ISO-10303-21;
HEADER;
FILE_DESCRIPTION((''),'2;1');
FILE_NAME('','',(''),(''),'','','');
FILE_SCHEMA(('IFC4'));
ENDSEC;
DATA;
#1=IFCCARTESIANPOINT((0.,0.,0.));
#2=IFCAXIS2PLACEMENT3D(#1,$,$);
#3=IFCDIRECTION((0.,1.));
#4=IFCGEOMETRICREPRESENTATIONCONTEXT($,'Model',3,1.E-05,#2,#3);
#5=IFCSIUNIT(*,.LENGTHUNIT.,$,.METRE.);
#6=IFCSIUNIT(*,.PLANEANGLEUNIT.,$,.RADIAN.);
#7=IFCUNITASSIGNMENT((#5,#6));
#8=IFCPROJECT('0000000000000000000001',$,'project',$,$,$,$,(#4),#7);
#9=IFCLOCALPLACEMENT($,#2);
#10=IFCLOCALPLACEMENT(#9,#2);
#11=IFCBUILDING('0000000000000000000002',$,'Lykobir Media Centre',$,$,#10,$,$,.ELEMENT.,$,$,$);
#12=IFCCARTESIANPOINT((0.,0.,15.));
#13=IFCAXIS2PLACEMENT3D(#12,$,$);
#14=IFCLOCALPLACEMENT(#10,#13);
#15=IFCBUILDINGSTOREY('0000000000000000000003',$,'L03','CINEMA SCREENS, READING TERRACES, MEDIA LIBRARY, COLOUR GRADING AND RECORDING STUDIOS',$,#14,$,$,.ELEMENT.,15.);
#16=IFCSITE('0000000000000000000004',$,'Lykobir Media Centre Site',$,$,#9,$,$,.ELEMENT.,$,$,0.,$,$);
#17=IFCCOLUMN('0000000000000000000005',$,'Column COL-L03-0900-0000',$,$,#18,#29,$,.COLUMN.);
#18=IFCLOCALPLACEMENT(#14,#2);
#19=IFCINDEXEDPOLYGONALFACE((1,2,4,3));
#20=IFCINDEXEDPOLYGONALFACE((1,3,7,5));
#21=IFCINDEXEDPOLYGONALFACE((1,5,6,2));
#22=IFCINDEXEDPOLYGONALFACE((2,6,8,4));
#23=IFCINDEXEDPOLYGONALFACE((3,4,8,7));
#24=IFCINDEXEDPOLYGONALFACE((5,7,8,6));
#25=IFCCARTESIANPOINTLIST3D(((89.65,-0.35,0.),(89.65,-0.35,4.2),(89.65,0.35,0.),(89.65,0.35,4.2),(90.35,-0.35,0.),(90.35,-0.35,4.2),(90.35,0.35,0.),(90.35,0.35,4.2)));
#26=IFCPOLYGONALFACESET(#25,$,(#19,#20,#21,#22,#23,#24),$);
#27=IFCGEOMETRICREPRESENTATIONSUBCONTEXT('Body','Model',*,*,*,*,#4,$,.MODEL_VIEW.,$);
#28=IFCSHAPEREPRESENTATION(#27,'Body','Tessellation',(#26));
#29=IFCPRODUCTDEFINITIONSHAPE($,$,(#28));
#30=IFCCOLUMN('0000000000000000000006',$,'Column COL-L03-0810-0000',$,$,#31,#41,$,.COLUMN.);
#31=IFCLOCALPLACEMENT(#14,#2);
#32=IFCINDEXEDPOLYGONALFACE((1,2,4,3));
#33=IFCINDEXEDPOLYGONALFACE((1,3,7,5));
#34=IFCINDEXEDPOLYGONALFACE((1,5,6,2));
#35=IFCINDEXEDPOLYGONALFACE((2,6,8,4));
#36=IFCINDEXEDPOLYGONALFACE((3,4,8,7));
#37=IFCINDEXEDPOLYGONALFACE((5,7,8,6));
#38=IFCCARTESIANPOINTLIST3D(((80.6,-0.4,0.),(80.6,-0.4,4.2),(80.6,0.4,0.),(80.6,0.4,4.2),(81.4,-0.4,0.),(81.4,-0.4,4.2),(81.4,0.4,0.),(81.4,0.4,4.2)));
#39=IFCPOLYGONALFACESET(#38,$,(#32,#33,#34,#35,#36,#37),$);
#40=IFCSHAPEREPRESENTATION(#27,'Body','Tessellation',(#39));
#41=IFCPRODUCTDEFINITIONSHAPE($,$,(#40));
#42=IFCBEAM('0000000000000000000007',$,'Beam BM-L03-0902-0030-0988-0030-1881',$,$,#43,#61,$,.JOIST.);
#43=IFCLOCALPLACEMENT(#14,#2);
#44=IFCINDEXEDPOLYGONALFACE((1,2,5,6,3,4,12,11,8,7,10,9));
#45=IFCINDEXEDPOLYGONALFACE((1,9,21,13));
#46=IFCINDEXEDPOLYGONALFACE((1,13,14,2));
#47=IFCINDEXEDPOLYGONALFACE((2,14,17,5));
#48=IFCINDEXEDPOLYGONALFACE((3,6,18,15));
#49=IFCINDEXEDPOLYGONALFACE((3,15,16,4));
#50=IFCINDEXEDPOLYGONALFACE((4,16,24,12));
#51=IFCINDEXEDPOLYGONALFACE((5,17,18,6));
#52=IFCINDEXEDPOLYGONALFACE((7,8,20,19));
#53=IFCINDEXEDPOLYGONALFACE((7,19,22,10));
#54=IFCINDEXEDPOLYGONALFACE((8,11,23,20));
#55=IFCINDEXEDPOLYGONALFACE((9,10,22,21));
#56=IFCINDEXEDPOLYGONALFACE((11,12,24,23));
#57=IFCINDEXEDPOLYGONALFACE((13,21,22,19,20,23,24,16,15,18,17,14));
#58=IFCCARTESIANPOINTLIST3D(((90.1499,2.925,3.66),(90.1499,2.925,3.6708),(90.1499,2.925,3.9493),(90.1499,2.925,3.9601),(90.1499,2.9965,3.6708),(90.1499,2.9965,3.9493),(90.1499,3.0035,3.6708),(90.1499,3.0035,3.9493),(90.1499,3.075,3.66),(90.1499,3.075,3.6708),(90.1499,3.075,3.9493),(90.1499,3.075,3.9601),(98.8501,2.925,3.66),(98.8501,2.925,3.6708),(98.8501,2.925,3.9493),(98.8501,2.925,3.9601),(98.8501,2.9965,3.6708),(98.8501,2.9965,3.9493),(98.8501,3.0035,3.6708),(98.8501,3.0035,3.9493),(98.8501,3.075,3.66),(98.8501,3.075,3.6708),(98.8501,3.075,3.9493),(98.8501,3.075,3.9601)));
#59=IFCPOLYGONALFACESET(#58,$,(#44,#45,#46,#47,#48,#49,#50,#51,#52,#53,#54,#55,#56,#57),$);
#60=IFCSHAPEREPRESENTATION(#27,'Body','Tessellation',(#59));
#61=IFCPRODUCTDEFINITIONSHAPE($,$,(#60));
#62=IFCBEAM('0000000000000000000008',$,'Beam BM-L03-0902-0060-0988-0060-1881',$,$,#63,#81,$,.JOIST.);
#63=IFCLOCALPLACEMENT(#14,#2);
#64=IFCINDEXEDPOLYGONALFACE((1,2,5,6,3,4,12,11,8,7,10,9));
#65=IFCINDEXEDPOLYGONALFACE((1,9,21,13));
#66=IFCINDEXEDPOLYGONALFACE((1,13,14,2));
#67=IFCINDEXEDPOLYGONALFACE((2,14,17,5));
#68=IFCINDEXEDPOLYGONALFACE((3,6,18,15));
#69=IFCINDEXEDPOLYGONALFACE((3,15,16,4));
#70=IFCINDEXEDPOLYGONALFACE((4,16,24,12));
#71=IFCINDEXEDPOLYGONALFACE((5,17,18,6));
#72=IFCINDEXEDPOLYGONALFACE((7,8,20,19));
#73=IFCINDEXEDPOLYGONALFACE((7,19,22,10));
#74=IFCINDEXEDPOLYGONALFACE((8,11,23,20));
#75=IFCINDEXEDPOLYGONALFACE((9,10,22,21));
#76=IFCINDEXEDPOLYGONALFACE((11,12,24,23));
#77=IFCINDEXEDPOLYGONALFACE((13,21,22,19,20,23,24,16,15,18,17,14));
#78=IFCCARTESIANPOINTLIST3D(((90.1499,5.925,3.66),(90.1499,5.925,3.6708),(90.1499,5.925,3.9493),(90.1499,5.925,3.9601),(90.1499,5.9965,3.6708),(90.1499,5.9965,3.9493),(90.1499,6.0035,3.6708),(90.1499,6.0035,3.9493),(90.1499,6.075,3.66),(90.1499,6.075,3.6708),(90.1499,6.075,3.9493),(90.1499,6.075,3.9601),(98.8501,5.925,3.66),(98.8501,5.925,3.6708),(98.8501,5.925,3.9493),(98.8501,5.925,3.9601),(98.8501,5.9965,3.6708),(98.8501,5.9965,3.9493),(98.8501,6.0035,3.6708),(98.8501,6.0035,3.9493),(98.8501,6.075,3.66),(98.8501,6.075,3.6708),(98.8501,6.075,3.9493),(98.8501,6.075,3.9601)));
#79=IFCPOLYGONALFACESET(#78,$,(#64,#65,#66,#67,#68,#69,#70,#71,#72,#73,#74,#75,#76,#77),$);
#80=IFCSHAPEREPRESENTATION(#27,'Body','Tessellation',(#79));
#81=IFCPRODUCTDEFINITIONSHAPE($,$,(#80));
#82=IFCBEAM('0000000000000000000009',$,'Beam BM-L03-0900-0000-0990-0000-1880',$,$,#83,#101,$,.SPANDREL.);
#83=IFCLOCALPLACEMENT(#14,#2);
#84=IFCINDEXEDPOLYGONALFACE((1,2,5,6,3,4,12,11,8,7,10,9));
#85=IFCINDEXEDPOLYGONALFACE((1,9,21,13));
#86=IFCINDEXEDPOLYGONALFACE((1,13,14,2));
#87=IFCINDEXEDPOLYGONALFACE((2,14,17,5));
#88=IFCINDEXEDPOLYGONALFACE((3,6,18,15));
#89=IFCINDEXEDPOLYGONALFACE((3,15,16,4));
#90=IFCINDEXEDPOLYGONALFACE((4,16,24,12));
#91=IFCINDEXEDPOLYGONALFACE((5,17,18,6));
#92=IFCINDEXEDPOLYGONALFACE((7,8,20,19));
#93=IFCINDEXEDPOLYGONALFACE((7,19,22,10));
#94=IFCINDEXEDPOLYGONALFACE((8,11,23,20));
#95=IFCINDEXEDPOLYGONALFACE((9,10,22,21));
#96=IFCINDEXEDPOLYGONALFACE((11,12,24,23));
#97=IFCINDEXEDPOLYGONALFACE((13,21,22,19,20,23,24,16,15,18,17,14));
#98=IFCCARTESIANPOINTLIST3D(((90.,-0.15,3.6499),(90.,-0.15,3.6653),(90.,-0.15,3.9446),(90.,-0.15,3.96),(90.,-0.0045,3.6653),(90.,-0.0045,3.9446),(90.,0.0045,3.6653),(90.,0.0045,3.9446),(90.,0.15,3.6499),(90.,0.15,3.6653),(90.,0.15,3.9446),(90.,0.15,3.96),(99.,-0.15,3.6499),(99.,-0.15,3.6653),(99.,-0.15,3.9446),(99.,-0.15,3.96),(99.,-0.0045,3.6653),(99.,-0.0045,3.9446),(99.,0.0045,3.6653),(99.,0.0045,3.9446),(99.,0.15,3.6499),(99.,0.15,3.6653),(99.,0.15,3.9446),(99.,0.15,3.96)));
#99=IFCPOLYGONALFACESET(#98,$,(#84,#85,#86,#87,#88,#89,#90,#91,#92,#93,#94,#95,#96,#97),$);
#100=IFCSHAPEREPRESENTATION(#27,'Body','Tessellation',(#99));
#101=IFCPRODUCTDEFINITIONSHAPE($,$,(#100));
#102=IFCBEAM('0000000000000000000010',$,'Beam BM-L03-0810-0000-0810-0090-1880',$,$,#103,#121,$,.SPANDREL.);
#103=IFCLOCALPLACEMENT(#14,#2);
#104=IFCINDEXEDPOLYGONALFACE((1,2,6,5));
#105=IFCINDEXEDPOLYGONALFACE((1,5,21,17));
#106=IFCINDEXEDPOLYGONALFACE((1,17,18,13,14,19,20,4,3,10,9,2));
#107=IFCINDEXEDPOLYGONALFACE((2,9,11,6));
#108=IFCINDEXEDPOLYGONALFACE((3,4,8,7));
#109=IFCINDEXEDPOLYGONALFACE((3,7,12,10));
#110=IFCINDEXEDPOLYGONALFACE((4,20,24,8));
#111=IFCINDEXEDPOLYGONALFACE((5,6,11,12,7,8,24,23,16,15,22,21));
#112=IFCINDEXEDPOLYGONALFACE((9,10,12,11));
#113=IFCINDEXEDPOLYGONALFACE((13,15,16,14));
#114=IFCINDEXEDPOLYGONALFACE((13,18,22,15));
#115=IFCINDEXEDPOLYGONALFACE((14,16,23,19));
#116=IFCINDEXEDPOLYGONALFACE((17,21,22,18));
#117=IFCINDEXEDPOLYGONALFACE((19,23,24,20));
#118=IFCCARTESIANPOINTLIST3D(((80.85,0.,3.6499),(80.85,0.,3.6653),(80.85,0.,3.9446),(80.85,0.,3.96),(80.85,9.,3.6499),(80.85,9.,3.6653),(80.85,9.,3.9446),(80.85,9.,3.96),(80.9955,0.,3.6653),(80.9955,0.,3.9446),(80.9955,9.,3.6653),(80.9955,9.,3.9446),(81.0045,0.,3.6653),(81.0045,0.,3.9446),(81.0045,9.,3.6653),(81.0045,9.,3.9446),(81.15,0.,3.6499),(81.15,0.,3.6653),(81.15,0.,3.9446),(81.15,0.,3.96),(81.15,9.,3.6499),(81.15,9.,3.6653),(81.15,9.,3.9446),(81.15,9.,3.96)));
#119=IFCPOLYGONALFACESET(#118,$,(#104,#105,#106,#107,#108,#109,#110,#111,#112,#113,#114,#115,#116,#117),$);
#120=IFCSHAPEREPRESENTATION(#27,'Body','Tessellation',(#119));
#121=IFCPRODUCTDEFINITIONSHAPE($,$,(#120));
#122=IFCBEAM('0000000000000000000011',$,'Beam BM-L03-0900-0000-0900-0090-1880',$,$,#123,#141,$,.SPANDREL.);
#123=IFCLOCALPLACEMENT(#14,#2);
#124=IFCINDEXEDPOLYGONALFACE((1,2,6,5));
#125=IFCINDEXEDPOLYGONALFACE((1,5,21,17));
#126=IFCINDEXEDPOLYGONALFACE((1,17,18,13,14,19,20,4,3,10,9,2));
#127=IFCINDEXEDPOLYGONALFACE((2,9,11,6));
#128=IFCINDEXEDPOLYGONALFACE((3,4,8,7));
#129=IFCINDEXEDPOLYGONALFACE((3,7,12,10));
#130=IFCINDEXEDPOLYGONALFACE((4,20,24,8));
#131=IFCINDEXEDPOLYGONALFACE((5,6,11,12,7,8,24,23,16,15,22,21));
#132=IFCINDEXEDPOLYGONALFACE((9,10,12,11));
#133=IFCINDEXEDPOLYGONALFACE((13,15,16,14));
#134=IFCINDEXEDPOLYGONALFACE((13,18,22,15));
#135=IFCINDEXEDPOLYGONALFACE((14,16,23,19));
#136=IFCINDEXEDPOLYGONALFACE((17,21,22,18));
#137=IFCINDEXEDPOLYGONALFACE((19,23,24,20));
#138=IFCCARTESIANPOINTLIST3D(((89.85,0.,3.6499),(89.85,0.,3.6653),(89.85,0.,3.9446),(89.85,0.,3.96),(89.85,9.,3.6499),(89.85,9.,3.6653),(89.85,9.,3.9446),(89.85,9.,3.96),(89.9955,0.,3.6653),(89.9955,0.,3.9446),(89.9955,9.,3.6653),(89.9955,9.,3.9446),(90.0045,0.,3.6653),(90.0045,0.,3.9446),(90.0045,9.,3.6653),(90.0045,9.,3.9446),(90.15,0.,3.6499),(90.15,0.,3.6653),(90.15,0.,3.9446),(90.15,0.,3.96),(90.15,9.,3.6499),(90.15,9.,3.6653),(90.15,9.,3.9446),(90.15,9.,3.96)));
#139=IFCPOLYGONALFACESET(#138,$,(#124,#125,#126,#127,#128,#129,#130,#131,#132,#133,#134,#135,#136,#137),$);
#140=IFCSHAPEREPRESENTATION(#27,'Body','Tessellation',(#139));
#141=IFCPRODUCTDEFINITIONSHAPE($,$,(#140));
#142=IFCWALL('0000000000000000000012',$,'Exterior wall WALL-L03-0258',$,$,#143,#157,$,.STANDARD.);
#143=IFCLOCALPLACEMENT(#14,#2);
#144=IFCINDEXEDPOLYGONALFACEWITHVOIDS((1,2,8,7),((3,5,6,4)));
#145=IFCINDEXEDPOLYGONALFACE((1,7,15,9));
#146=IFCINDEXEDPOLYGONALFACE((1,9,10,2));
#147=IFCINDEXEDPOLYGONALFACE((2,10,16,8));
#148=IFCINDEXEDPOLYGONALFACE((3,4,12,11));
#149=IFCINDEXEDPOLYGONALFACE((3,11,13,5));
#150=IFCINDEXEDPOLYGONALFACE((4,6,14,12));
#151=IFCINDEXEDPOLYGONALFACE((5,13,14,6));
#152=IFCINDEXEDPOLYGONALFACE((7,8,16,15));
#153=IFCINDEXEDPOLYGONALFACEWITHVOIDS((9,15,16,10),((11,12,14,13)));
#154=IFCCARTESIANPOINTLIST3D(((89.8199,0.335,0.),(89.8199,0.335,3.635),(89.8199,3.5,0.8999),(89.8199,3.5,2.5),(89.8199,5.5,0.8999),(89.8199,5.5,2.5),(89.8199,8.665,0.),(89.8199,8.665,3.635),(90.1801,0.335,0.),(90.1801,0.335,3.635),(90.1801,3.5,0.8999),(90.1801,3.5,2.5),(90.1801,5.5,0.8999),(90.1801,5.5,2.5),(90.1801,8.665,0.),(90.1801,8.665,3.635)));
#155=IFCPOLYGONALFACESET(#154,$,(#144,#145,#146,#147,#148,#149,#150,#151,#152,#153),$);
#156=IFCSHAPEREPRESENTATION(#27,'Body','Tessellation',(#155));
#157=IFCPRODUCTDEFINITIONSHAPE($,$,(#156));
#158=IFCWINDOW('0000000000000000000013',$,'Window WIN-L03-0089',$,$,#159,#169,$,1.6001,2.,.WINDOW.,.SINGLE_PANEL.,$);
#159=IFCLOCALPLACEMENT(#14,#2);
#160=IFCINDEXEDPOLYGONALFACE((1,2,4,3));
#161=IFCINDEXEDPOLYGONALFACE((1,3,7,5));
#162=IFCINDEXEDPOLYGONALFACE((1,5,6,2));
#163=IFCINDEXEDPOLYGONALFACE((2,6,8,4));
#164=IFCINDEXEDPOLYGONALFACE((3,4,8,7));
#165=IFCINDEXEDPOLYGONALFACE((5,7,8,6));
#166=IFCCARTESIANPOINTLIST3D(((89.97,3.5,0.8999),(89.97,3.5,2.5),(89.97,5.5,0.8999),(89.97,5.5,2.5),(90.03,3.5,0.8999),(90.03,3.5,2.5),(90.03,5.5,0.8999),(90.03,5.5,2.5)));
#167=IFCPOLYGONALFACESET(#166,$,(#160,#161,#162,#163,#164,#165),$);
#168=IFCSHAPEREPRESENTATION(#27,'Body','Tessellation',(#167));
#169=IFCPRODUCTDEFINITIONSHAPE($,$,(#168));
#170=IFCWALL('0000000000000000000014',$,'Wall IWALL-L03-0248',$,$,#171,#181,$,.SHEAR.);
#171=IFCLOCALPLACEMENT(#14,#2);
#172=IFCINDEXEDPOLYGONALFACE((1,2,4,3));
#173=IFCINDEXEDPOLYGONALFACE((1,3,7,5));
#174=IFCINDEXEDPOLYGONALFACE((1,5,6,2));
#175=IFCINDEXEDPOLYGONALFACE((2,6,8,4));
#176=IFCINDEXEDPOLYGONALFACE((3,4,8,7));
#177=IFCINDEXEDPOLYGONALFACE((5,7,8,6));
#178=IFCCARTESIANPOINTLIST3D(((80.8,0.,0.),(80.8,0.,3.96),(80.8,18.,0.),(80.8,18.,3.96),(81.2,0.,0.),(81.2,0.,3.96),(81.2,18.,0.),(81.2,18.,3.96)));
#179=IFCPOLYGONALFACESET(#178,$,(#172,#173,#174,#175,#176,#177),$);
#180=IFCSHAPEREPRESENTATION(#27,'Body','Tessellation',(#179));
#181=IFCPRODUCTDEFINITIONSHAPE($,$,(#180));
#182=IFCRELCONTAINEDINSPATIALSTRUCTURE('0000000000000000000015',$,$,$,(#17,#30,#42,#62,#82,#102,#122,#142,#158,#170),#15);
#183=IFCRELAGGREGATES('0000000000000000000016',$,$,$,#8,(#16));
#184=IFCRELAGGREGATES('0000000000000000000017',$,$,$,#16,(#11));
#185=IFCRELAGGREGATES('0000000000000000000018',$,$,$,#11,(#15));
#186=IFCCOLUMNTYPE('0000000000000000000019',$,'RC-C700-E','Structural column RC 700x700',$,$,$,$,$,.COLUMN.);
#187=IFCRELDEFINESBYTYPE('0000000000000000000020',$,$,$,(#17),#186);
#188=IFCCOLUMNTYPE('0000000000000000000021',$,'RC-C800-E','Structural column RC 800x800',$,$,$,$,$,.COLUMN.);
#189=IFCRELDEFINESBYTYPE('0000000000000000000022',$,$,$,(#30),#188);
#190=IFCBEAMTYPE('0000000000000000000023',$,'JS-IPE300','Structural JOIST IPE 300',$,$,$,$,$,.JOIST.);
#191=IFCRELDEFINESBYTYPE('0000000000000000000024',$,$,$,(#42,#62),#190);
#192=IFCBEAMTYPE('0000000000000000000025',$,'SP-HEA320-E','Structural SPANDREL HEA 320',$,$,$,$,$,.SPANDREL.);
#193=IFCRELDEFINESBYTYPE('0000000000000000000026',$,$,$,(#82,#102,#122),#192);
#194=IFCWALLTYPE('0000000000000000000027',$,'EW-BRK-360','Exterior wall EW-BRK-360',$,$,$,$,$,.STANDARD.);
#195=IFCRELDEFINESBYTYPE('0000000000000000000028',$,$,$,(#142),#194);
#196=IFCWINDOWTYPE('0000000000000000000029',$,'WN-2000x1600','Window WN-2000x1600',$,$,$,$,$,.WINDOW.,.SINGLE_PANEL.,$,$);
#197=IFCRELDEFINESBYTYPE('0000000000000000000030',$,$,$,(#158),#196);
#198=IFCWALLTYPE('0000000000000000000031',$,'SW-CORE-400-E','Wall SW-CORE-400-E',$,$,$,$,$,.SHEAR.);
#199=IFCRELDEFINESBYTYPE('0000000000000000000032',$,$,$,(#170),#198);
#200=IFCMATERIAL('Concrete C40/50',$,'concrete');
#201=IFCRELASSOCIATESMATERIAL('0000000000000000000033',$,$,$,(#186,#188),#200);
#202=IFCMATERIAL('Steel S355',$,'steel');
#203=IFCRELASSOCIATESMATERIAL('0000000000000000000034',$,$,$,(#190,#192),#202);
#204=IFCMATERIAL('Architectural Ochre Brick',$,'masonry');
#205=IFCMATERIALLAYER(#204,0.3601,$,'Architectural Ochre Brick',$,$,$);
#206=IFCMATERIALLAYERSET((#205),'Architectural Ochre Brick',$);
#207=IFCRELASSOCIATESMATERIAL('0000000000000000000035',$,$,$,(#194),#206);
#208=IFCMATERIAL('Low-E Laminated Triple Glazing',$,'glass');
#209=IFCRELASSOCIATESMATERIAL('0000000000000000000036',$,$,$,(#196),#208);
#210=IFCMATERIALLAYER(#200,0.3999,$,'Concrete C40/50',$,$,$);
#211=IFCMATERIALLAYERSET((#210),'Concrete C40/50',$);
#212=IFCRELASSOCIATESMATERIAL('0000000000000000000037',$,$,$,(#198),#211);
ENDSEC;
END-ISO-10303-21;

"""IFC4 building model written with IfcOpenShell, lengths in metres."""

from ifc_helpers import new_model, si_unit, direction, frame, frame_2d, origin, origin_2d, place, context, subcontext, project, spatial, rectangle, i_section, extrude, material, layer, layer_set, material_profile, profile_set, type_object, element, fill, save


model = new_model("IFC4")

# Units and contexts
model_context = context("Model", 3, precision=1e-05, world=origin(), true_north=direction((0.0, 1.0)))
body_context = subcontext(model_context, "Body", "Model", "MODEL_VIEW")
ifc_project = project(units=[si_unit("LENGTHUNIT", "METRE"), si_unit("PLANEANGLEUNIT", "RADIAN")], contexts=[model_context])

# Site, building, storey
site_placement = place(None, origin())
site = spatial("IfcSite", under=ifc_project, at=site_placement, Name="Lykobir Media Centre Site", CompositionType="ELEMENT", RefElevation=0.0)
building_placement = place(site_placement, origin())
building = spatial("IfcBuilding", under=site, at=building_placement, Name="Lykobir Media Centre", CompositionType="ELEMENT")
storey_placement = place(building_placement, frame((0.0, 0.0, 15.0)))
storey = spatial("IfcBuildingStorey", under=building, at=storey_placement, Name="L03", Description="CINEMA SCREENS, READING TERRACES, MEDIA LIBRARY, COLOUR GRADING AND RECORDING STUDIOS", CompositionType="ELEMENT", Elevation=15.0)

# Columns
ifc_material_1 = material(Name="Concrete C40/50", Category="concrete")
ifc_material_profile_1 = material_profile(ifc_material_1, rectangle(XDim=0.7, YDim=0.7, at=origin_2d()), Name="RC 700x700")
ifc_profile_set_1 = profile_set([ifc_material_profile_1], Name="Concrete C40/50")
column_type_1 = type_object("IfcColumnType", Name="RC-C700-E", Description="Structural column RC 700x700", PredefinedType="COLUMN", material=ifc_profile_set_1)
column_1_placement = place(storey_placement, frame((90.0, 0.0, 0.0), z_axis=(0.0, 0.0, 1.0), x_axis=(1.0, 0.0, 0.0)))
element("IfcColumn", 1, at=column_1_placement, inside=storey, type_object=column_type_1, Name="Column COL-L03-0900-0000", PredefinedType="COLUMN", context=body_context, shape_type="SweptSolid", body=[
    extrude(rectangle(XDim=0.7, YDim=0.7, at=origin_2d()), origin(), (0.0, 0.0, 1.0), 4.2),
])
ifc_material_profile_2 = material_profile(ifc_material_1, rectangle(XDim=0.8, YDim=0.8, at=origin_2d()), Name="RC 800x800")
ifc_profile_set_2 = profile_set([ifc_material_profile_2], Name="Concrete C40/50")
column_type_2 = type_object("IfcColumnType", Name="RC-C800-E", Description="Structural column RC 800x800", PredefinedType="COLUMN", material=ifc_profile_set_2)
column_2_placement = place(storey_placement, frame((81.0, 0.0, 0.0), z_axis=(0.0, 0.0, 1.0), x_axis=(1.0, 0.0, 0.0)))
element("IfcColumn", 2, at=column_2_placement, inside=storey, type_object=column_type_2, Name="Column COL-L03-0810-0000", PredefinedType="COLUMN", context=body_context, shape_type="SweptSolid", body=[
    extrude(rectangle(XDim=0.8, YDim=0.8, at=origin_2d()), origin(), (0.0, 0.0, 1.0), 4.2),
])

# Beams
ifc_material_2 = material(Name="Steel S355", Category="steel")
ifc_material_profile_3 = material_profile(ifc_material_2, i_section(OverallWidth=0.1499, OverallDepth=0.3, WebThickness=0.0071, FlangeThickness=0.0107, at=origin_2d()), Name="IPE 300")
ifc_profile_set_3 = profile_set([ifc_material_profile_3], Name="Steel S355")
beam_type_1 = type_object("IfcBeamType", Name="JS-IPE300", Description="Structural JOIST IPE 300", PredefinedType="JOIST", material=ifc_profile_set_3)
for number, where, z_axis, x_axis, name in (
    (3, (90.1499, 3.0, 3.8101), (1.0, 0.0, 0.0), (0.0, 1.0, 0.0), "Beam BM-L03-0902-0030-0988-0030-1881"),
    (4, (90.1499, 6.0, 3.8101), (1.0, 0.0, 0.0), (0.0, 1.0, 0.0), "Beam BM-L03-0902-0060-0988-0060-1881"),
):
    element("IfcBeam", number, at=place(storey_placement, frame(where, z_axis=z_axis, x_axis=x_axis)), inside=storey, type_object=beam_type_1, Name=name, PredefinedType="JOIST", context=body_context, shape_type="SweptSolid", body=[
        extrude(i_section(OverallWidth=0.1499, OverallDepth=0.3, WebThickness=0.0071, FlangeThickness=0.0107, at=origin_2d()), origin(), (0.0, 0.0, 1.0), 8.7002),
    ])
ifc_material_profile_4 = material_profile(ifc_material_2, i_section(OverallWidth=0.3, OverallDepth=0.3101, WebThickness=0.009, FlangeThickness=0.0154, at=origin_2d()), Name="HEA 320")
ifc_profile_set_4 = profile_set([ifc_material_profile_4], Name="Steel S355")
beam_type_2 = type_object("IfcBeamType", Name="SP-HEA320-E", Description="Structural SPANDREL HEA 320", PredefinedType="SPANDREL", material=ifc_profile_set_4)
for number, where, z_axis, x_axis, name in (
    (5, (90.0, 0.0, 3.8049), (1.0, 0.0, 0.0), (0.0, 1.0, 0.0), "Beam BM-L03-0900-0000-0990-0000-1880"),
    (6, (81.0, 0.0, 3.8049), (0.0, 1.0, 0.0), (-1.0, 0.0, 0.0), "Beam BM-L03-0810-0000-0810-0090-1880"),
    (7, (90.0, 0.0, 3.8049), (0.0, 1.0, 0.0), (-1.0, 0.0, 0.0), "Beam BM-L03-0900-0000-0900-0090-1880"),
):
    element("IfcBeam", number, at=place(storey_placement, frame(where, z_axis=z_axis, x_axis=x_axis)), inside=storey, type_object=beam_type_2, Name=name, PredefinedType="SPANDREL", context=body_context, shape_type="SweptSolid", body=[
        extrude(i_section(OverallWidth=0.3, OverallDepth=0.3101, WebThickness=0.009, FlangeThickness=0.0154, at=origin_2d()), origin(), (0.0, 0.0, 1.0), 9.0),
    ])

# Wall, opening, window
ifc_material_3 = material(Name="Architectural Ochre Brick", Category="masonry")
ifc_layer_1 = layer(ifc_material_3, 0.3601, Name="Architectural Ochre Brick")
ifc_layer_set_1 = layer_set([ifc_layer_1], Name="Architectural Ochre Brick")
wall_type_1 = type_object("IfcWallType", Name="EW-BRK-360", Description="Exterior wall EW-BRK-360", PredefinedType="STANDARD", material=ifc_layer_set_1)
wall_1_placement = place(storey_placement, frame((90.0, 8.665, 0.0), z_axis=(0.0, 0.0, 1.0), x_axis=(0.0, -1.0, 0.0)))
wall_1 = element("IfcWall", 8, at=wall_1_placement, inside=storey, type_object=wall_type_1, Name="Exterior wall WALL-L03-0258", PredefinedType="STANDARD", context=body_context, shape_type="SweptSolid", body=[
    extrude(rectangle(XDim=8.3301, YDim=0.3601, at=frame_2d((4.165, 0.0))), origin(), (0.0, 0.0, 1.0), 3.635),
])
opening_placement = place(wall_1_placement, frame((3.165, 0.0, 0.8999)))
opening = element("IfcOpeningElement", 9, at=opening_placement, cuts=wall_1, PredefinedType="OPENING", context=body_context, shape_type="SweptSolid", body=[
    extrude(rectangle(XDim=2.0, YDim=1.6001, at=frame_2d((1.0, 0.8))), frame((0.0, 0.1899, 0.0), z_axis=(0.0, -1.0, 0.0), x_axis=(1.0, 0.0, 0.0)), (0.0, 0.0, 1.0), 0.3801),
])
ifc_material_4 = material(Name="Low-E Laminated Triple Glazing", Category="glass")
window_type = type_object("IfcWindowType", Name="WN-2000x1600", Description="Window WN-2000x1600", PartitioningType="SINGLE_PANEL", PredefinedType="WINDOW", material=ifc_material_4)
window_placement = place(opening_placement, origin())
window = element("IfcWindow", 10, at=window_placement, inside=storey, type_object=window_type, Name="Window WIN-L03-0089", OverallHeight=1.6001, OverallWidth=2.0, PartitioningType="SINGLE_PANEL", PredefinedType="WINDOW", context=body_context, shape_type="SweptSolid", body=[
    extrude(rectangle(XDim=2.0, YDim=1.6001, at=frame_2d((1.0, 0.8))), frame((0.0, 0.03, 0.0), z_axis=(0.0, -1.0, 0.0), x_axis=(1.0, 0.0, 0.0)), (0.0, 0.0, 1.0), 0.0601),
])
fill(opening, window)

# Wall
ifc_layer_2 = layer(ifc_material_1, 0.3999, Name="Concrete C40/50")
ifc_layer_set_2 = layer_set([ifc_layer_2], Name="Concrete C40/50")
wall_type_2 = type_object("IfcWallType", Name="SW-CORE-400-E", Description="Wall SW-CORE-400-E", PredefinedType="SHEAR", material=ifc_layer_set_2)
wall_2_placement = place(storey_placement, frame((81.0, 0.0, 0.0), z_axis=(0.0, 0.0, 1.0), x_axis=(0.0, 1.0, 0.0)))
element("IfcWall", 11, at=wall_2_placement, inside=storey, type_object=wall_type_2, Name="Wall IWALL-L03-0248", PredefinedType="SHEAR", context=body_context, shape_type="SweptSolid", body=[
    extrude(rectangle(XDim=18.0, YDim=0.3999, at=frame_2d((9.0, 0.0))), origin(), (0.0, 0.0, 1.0), 3.96),
])

save(model, "model.ifc")
